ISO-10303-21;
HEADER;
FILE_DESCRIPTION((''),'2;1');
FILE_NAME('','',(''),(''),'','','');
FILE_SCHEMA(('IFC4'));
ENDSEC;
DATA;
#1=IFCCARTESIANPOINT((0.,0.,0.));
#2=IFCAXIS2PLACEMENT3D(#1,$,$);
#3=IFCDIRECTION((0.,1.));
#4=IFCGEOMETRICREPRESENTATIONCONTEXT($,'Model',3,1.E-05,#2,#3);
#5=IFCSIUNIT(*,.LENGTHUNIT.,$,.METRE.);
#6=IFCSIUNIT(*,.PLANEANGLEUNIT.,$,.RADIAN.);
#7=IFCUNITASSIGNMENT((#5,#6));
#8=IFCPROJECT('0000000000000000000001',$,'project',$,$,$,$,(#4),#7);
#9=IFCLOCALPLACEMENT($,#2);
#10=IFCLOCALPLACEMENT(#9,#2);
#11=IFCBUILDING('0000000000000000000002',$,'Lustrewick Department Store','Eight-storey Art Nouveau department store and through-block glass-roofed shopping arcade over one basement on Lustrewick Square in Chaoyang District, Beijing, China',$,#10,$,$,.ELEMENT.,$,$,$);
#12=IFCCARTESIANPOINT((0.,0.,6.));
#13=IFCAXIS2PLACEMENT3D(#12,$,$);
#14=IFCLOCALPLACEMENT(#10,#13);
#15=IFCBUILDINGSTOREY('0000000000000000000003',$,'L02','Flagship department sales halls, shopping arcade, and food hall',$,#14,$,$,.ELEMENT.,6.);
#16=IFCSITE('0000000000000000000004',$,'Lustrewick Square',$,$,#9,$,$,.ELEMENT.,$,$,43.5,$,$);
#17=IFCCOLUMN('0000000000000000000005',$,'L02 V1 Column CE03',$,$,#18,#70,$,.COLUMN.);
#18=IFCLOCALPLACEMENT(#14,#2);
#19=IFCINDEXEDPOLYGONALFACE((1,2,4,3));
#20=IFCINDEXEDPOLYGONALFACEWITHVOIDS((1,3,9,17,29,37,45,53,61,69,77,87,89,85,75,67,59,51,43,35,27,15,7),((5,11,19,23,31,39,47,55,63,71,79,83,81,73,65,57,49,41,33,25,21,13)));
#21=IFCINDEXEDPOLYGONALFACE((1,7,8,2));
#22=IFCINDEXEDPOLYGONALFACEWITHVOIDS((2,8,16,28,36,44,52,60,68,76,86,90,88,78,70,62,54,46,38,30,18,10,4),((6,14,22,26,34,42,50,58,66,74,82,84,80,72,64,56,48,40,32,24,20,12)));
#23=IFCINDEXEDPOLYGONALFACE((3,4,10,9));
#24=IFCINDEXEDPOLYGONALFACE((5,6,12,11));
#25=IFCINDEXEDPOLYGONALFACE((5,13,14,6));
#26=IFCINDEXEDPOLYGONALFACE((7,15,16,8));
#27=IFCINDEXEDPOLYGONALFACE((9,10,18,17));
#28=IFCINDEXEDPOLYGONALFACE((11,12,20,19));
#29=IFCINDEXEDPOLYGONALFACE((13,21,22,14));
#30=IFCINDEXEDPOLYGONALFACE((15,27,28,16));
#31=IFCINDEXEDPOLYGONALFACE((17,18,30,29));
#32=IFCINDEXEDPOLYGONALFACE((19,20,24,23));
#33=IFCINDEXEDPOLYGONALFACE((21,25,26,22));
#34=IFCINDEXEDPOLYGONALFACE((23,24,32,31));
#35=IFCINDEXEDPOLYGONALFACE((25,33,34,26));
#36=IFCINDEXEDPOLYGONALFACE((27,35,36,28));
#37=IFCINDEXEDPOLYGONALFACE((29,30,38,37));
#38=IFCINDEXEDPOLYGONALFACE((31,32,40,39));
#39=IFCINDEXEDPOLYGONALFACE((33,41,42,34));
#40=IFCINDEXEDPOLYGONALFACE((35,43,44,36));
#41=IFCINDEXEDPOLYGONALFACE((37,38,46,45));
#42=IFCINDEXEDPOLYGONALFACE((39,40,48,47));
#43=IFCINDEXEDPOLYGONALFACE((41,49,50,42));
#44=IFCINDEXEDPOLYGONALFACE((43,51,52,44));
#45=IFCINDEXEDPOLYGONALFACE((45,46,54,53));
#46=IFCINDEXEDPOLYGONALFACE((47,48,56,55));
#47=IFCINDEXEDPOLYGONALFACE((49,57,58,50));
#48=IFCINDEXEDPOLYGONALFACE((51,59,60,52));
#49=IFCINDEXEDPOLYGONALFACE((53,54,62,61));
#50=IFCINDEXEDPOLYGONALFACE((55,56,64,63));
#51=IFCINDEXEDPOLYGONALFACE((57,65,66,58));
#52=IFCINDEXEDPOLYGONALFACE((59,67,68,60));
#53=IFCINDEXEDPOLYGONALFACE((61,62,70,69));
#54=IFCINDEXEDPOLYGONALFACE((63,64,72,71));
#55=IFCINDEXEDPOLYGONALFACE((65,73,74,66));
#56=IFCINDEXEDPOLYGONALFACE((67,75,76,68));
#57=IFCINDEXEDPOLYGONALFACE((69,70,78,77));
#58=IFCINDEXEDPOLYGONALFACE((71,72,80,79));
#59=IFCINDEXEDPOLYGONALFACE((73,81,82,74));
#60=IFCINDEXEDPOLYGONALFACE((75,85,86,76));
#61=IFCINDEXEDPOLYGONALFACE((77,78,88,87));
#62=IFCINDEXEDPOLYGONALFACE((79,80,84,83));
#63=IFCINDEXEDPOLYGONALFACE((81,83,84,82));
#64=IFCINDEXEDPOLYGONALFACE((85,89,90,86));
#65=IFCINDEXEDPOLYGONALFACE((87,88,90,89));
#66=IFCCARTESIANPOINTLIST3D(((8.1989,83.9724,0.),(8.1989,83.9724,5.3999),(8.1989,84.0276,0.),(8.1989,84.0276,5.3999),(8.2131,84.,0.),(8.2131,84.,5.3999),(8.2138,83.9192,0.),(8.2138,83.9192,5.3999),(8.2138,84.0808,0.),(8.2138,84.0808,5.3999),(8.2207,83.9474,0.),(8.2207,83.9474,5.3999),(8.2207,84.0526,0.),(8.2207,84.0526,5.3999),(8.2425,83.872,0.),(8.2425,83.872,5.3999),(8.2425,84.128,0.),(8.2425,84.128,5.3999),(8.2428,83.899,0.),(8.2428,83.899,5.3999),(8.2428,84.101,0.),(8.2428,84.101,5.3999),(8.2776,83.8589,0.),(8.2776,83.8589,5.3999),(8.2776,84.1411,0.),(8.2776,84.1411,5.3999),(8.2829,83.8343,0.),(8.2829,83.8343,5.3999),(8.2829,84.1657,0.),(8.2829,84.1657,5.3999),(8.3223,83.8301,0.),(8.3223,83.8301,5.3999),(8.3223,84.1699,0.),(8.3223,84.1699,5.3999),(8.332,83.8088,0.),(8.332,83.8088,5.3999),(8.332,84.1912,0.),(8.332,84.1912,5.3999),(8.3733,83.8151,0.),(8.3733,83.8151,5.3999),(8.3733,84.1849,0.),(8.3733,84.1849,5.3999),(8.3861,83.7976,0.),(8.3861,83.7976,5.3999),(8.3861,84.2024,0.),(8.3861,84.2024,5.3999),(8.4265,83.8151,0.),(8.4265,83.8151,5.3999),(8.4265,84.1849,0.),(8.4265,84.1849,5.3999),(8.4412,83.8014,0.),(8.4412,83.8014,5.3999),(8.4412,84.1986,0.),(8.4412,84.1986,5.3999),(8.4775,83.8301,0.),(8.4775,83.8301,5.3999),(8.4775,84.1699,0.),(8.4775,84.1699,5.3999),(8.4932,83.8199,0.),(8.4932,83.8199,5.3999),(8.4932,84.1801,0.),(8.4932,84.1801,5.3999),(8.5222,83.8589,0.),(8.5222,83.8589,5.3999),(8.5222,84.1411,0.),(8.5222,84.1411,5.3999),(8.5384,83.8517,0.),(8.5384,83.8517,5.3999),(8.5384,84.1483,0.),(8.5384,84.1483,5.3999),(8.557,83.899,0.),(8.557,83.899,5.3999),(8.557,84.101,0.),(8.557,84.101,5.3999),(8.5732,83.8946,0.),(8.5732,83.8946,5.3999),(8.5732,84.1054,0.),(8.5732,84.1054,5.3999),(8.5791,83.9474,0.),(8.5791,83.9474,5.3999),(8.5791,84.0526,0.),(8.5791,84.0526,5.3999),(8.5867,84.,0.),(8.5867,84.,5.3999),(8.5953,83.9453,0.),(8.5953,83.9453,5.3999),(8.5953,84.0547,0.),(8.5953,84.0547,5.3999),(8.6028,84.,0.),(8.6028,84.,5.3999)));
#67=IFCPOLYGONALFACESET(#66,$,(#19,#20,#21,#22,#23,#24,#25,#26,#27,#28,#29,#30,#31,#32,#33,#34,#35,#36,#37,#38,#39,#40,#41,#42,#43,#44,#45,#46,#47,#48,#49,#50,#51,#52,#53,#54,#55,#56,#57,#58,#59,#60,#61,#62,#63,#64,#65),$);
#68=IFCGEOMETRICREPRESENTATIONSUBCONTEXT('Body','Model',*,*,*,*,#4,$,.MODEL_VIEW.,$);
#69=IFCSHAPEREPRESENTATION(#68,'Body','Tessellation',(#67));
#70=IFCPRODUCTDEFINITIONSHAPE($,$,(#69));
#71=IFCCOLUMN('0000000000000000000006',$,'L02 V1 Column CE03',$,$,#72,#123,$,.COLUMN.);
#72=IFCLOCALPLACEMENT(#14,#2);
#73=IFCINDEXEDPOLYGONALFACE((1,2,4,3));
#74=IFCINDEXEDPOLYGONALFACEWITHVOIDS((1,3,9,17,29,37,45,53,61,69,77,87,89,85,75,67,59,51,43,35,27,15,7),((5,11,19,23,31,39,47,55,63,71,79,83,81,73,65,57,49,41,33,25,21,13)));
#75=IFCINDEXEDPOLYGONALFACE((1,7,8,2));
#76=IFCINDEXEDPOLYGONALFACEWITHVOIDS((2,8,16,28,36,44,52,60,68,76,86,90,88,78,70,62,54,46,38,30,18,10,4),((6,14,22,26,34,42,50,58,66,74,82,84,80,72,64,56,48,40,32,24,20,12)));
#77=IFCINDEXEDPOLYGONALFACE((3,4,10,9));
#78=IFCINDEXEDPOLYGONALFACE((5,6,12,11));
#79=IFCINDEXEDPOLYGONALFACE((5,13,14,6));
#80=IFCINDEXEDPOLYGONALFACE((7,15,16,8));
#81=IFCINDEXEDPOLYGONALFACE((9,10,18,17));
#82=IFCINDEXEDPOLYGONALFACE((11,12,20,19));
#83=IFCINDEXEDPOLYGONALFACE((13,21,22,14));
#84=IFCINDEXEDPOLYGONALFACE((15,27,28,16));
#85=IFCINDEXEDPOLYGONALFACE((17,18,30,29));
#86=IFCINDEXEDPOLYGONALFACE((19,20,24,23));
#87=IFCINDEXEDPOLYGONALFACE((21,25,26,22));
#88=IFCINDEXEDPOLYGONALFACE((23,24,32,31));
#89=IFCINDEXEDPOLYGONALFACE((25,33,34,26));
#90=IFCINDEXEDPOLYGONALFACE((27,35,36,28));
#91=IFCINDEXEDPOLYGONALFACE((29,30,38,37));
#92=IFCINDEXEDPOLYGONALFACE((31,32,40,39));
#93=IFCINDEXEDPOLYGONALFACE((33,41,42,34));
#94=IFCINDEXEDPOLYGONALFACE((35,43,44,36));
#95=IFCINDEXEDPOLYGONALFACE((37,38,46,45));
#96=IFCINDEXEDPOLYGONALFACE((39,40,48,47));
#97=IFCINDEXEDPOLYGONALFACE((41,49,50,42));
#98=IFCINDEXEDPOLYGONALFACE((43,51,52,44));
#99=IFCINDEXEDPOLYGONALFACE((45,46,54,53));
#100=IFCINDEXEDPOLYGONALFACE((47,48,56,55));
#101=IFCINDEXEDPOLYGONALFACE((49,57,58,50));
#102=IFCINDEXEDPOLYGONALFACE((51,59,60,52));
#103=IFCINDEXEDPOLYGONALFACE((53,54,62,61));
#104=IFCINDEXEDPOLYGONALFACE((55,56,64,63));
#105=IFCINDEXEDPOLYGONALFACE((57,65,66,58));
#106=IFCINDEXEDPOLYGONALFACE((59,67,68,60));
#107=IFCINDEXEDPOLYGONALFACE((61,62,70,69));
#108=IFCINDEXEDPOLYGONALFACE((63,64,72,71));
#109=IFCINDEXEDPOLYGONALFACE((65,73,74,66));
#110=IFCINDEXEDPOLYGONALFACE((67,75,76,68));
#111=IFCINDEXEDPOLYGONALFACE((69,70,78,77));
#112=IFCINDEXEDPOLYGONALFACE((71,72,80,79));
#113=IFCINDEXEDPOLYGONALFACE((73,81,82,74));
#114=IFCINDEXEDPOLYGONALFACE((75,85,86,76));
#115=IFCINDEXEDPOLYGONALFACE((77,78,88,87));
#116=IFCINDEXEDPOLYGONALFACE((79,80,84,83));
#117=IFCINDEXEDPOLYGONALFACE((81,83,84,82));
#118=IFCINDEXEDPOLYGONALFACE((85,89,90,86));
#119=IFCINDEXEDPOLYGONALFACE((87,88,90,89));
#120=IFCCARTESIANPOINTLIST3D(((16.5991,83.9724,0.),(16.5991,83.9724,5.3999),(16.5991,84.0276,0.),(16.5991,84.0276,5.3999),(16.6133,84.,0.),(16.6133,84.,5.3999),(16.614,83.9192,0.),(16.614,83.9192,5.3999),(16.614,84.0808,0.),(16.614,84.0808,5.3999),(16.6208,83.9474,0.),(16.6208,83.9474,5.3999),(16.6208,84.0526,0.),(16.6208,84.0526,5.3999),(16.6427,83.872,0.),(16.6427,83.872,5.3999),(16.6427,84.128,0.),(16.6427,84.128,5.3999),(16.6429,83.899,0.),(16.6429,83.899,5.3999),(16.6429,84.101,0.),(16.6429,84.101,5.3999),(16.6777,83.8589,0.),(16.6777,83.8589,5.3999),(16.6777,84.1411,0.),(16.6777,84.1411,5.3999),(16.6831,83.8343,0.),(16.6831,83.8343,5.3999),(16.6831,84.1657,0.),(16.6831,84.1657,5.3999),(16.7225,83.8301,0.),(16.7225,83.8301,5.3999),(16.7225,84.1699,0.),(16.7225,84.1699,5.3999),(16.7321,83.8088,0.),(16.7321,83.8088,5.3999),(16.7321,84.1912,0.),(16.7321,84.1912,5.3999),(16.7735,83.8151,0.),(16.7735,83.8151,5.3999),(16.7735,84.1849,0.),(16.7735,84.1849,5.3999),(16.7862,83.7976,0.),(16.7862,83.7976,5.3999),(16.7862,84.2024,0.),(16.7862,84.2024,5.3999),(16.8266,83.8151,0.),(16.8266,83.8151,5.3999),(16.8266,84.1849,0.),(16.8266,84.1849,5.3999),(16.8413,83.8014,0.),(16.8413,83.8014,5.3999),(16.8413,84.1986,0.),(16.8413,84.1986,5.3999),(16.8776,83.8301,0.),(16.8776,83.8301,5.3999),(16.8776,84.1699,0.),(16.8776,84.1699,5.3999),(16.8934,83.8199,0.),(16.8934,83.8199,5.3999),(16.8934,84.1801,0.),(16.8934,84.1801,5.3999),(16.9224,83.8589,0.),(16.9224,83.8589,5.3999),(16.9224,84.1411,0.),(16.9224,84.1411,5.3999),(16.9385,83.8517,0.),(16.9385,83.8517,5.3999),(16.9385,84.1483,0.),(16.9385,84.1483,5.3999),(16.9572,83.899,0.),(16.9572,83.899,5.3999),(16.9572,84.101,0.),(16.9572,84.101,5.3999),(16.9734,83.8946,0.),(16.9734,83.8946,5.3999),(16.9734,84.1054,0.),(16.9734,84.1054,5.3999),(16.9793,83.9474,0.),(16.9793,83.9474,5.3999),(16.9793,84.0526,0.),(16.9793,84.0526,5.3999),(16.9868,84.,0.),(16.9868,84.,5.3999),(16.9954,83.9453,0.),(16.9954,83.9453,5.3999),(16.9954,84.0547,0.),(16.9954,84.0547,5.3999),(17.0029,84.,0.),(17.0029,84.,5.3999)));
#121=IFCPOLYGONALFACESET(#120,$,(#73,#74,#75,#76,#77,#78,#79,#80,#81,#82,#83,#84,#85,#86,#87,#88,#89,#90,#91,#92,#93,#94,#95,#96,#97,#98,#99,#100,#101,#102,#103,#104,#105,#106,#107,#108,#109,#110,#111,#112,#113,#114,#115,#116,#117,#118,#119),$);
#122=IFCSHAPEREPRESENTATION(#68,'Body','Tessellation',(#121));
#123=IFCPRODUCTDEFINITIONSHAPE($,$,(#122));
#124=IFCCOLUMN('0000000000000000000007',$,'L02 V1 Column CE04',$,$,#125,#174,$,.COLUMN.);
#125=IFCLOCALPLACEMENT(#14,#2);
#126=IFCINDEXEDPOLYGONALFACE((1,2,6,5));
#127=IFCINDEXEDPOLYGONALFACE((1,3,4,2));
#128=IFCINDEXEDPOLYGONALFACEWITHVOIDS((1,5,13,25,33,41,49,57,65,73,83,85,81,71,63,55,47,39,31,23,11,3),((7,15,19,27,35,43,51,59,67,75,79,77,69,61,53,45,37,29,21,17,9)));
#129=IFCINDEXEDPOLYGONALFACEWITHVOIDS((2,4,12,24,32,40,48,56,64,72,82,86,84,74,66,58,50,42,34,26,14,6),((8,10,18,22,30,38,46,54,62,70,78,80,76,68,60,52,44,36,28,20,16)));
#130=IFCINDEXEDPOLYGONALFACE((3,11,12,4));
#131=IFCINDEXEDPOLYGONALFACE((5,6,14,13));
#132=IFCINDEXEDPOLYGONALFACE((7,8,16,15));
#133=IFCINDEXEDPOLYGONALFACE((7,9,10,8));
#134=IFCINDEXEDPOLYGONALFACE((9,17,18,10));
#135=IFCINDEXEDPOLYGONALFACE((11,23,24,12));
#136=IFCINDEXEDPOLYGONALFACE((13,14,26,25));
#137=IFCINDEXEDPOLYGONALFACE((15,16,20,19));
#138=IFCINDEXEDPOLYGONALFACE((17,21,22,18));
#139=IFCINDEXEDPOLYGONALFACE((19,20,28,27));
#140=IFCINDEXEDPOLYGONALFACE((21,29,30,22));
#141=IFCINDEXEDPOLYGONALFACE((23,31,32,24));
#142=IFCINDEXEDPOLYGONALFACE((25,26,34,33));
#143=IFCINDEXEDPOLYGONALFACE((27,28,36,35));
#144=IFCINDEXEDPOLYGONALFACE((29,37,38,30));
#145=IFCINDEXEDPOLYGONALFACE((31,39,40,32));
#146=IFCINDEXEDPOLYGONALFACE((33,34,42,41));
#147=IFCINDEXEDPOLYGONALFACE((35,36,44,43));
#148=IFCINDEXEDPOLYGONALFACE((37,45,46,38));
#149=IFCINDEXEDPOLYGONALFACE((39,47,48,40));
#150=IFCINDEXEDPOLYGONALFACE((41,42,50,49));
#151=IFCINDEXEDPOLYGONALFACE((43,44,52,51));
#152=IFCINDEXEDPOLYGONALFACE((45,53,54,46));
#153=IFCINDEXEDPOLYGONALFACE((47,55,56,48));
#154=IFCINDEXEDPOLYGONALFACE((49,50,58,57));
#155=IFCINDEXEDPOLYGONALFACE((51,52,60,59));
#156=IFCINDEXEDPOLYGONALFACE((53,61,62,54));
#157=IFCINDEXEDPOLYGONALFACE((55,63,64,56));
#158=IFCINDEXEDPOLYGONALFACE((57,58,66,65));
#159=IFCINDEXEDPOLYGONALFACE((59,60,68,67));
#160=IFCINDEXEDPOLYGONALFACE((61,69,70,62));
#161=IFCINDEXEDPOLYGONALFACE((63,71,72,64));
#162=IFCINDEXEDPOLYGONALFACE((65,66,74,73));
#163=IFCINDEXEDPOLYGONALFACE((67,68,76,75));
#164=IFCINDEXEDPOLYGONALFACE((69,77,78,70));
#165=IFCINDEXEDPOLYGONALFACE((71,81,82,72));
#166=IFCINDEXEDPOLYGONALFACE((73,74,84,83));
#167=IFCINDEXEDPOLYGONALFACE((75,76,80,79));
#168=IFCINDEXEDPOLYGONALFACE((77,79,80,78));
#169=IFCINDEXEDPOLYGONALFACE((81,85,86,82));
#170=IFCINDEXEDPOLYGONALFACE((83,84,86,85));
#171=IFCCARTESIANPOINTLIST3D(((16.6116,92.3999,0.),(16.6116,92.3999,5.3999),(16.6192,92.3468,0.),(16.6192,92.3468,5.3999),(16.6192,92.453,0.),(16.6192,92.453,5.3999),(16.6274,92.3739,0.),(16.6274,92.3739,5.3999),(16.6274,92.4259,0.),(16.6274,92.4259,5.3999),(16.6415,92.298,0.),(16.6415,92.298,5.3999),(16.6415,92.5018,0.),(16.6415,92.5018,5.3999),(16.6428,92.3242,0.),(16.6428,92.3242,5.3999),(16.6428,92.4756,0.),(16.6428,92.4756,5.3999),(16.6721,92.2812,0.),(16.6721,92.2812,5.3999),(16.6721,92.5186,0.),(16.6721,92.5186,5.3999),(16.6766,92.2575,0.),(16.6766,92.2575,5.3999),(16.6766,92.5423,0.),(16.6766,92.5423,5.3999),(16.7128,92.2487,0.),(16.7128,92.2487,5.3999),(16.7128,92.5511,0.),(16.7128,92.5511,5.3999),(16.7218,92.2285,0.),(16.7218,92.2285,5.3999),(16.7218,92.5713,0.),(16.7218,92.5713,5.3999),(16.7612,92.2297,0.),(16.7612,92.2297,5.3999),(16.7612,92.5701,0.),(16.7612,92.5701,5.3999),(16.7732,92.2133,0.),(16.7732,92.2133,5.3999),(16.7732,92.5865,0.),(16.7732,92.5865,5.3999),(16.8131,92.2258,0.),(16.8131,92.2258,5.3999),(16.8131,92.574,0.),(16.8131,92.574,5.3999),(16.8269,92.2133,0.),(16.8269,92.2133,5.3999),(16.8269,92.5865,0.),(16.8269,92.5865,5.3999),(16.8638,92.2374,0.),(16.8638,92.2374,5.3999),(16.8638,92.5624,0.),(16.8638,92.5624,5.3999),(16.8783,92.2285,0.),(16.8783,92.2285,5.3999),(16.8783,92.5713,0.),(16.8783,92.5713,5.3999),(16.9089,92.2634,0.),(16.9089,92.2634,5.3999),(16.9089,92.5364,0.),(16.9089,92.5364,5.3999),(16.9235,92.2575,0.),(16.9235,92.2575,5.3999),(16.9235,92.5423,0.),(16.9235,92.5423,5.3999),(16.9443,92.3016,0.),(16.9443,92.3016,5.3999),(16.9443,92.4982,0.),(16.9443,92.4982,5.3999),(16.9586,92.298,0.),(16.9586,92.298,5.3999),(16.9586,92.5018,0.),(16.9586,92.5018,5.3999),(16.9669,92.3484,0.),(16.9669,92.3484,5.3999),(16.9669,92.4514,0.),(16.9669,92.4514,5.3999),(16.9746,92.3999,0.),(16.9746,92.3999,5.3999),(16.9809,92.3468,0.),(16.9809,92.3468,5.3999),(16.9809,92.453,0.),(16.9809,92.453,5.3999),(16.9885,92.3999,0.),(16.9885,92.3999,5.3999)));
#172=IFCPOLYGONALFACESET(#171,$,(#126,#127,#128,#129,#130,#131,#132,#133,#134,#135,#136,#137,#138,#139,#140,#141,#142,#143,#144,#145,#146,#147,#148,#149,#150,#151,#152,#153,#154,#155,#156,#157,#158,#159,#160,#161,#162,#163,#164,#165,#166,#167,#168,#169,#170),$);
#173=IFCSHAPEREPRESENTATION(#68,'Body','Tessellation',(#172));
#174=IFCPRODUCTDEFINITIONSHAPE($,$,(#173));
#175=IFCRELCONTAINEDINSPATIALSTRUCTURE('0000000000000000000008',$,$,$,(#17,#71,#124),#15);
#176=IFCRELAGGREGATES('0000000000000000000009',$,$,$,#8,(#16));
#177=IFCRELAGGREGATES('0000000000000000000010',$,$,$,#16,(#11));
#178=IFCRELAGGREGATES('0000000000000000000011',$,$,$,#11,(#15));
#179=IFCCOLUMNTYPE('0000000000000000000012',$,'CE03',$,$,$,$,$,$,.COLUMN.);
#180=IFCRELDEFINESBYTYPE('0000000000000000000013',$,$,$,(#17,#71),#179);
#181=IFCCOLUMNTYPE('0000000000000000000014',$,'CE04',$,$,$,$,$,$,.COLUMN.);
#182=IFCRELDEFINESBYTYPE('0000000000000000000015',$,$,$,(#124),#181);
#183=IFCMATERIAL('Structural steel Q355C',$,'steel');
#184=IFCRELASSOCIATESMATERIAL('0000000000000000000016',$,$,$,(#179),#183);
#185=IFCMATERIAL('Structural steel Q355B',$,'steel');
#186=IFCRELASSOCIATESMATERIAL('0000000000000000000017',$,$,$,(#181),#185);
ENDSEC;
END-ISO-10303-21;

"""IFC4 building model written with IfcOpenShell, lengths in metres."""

from ifc_helpers import new_model, si_unit, direction, frame, origin, origin_2d, place, context, subcontext, project, spatial, hollow_circle, extrude, material, material_profile, profile_set, type_object, element, save


model = new_model("IFC4")

# Units and contexts
model_context = context("Model", 3, precision=1e-05, world=origin(), true_north=direction((0.0, 1.0)))
body_context = subcontext(model_context, "Body", "Model", "MODEL_VIEW")
ifc_project = project(units=[si_unit("LENGTHUNIT", "METRE"), si_unit("PLANEANGLEUNIT", "RADIAN")], contexts=[model_context])

# Site, building, storey
site_placement = place(None, origin())
site = spatial("IfcSite", under=ifc_project, at=site_placement, Name="Lustrewick Square", CompositionType="ELEMENT", RefElevation=43.5)
building_placement = place(site_placement, origin())
building = spatial("IfcBuilding", under=site, at=building_placement, Name="Lustrewick Department Store", Description="Eight-storey Art Nouveau department store and through-block glass-roofed shopping arcade over one basement on Lustrewick Square in Chaoyang District, Beijing, China", CompositionType="ELEMENT")
storey_placement = place(building_placement, frame((0.0, 0.0, 6.0)))
storey = spatial("IfcBuildingStorey", under=building, at=storey_placement, Name="L02", Description="Flagship department sales halls, shopping arcade, and food hall", CompositionType="ELEMENT", Elevation=6.0)

# Columns
ifc_material_1 = material(Name="Structural steel Q355C", Category="steel")
ifc_material_profile_1 = material_profile(ifc_material_1, hollow_circle(Radius=0.2029, WallThickness=0.0161, at=origin_2d()), Name="CHS 406x16")
ifc_profile_set_1 = profile_set([ifc_material_profile_1], Name="Structural steel Q355C")
column_type_1 = type_object("IfcColumnType", Name="CE03", PredefinedType="COLUMN", material=ifc_profile_set_1)
for number, where, z_axis, x_axis, name in (
    (1, (8.3999, 84.0, 0.0), (0.0, 0.0, 1.0), (1.0, 0.0, 0.0), "L02 V1 Column CE03"),
    (2, (16.8, 84.0, 0.0), (0.0, 0.0, 1.0), (1.0, 0.0, 0.0), "L02 V1 Column CE03"),
):
    element("IfcColumn", number, at=place(storey_placement, frame(where, z_axis=z_axis, x_axis=x_axis)), inside=storey, type_object=column_type_1, Name=name, PredefinedType="COLUMN", context=body_context, shape_type="SweptSolid", body=[
        extrude(hollow_circle(Radius=0.2029, WallThickness=0.0161, at=origin_2d()), origin(), (0.0, 0.0, 1.0), 5.3999),
    ])
ifc_material_2 = material(Name="Structural steel Q355B", Category="steel")
ifc_material_profile_2 = material_profile(ifc_material_2, hollow_circle(Radius=0.1885, WallThickness=0.0139, at=origin_2d()), Name="CHS 377x14")
ifc_profile_set_2 = profile_set([ifc_material_profile_2], Name="Structural steel Q355B")
column_type_2 = type_object("IfcColumnType", Name="CE04", PredefinedType="COLUMN", material=ifc_profile_set_2)
column_placement = place(storey_placement, frame((16.8, 92.3999, 0.0), z_axis=(0.0, 0.0, 1.0), x_axis=(1.0, 0.0, 0.0)))
element("IfcColumn", 3, at=column_placement, inside=storey, type_object=column_type_2, Name="L02 V1 Column CE04", PredefinedType="COLUMN", context=body_context, shape_type="SweptSolid", body=[
    extrude(hollow_circle(Radius=0.1885, WallThickness=0.0139, at=origin_2d()), origin(), (0.0, 0.0, 1.0), 5.3999),
])

save(model, "model.ifc")
